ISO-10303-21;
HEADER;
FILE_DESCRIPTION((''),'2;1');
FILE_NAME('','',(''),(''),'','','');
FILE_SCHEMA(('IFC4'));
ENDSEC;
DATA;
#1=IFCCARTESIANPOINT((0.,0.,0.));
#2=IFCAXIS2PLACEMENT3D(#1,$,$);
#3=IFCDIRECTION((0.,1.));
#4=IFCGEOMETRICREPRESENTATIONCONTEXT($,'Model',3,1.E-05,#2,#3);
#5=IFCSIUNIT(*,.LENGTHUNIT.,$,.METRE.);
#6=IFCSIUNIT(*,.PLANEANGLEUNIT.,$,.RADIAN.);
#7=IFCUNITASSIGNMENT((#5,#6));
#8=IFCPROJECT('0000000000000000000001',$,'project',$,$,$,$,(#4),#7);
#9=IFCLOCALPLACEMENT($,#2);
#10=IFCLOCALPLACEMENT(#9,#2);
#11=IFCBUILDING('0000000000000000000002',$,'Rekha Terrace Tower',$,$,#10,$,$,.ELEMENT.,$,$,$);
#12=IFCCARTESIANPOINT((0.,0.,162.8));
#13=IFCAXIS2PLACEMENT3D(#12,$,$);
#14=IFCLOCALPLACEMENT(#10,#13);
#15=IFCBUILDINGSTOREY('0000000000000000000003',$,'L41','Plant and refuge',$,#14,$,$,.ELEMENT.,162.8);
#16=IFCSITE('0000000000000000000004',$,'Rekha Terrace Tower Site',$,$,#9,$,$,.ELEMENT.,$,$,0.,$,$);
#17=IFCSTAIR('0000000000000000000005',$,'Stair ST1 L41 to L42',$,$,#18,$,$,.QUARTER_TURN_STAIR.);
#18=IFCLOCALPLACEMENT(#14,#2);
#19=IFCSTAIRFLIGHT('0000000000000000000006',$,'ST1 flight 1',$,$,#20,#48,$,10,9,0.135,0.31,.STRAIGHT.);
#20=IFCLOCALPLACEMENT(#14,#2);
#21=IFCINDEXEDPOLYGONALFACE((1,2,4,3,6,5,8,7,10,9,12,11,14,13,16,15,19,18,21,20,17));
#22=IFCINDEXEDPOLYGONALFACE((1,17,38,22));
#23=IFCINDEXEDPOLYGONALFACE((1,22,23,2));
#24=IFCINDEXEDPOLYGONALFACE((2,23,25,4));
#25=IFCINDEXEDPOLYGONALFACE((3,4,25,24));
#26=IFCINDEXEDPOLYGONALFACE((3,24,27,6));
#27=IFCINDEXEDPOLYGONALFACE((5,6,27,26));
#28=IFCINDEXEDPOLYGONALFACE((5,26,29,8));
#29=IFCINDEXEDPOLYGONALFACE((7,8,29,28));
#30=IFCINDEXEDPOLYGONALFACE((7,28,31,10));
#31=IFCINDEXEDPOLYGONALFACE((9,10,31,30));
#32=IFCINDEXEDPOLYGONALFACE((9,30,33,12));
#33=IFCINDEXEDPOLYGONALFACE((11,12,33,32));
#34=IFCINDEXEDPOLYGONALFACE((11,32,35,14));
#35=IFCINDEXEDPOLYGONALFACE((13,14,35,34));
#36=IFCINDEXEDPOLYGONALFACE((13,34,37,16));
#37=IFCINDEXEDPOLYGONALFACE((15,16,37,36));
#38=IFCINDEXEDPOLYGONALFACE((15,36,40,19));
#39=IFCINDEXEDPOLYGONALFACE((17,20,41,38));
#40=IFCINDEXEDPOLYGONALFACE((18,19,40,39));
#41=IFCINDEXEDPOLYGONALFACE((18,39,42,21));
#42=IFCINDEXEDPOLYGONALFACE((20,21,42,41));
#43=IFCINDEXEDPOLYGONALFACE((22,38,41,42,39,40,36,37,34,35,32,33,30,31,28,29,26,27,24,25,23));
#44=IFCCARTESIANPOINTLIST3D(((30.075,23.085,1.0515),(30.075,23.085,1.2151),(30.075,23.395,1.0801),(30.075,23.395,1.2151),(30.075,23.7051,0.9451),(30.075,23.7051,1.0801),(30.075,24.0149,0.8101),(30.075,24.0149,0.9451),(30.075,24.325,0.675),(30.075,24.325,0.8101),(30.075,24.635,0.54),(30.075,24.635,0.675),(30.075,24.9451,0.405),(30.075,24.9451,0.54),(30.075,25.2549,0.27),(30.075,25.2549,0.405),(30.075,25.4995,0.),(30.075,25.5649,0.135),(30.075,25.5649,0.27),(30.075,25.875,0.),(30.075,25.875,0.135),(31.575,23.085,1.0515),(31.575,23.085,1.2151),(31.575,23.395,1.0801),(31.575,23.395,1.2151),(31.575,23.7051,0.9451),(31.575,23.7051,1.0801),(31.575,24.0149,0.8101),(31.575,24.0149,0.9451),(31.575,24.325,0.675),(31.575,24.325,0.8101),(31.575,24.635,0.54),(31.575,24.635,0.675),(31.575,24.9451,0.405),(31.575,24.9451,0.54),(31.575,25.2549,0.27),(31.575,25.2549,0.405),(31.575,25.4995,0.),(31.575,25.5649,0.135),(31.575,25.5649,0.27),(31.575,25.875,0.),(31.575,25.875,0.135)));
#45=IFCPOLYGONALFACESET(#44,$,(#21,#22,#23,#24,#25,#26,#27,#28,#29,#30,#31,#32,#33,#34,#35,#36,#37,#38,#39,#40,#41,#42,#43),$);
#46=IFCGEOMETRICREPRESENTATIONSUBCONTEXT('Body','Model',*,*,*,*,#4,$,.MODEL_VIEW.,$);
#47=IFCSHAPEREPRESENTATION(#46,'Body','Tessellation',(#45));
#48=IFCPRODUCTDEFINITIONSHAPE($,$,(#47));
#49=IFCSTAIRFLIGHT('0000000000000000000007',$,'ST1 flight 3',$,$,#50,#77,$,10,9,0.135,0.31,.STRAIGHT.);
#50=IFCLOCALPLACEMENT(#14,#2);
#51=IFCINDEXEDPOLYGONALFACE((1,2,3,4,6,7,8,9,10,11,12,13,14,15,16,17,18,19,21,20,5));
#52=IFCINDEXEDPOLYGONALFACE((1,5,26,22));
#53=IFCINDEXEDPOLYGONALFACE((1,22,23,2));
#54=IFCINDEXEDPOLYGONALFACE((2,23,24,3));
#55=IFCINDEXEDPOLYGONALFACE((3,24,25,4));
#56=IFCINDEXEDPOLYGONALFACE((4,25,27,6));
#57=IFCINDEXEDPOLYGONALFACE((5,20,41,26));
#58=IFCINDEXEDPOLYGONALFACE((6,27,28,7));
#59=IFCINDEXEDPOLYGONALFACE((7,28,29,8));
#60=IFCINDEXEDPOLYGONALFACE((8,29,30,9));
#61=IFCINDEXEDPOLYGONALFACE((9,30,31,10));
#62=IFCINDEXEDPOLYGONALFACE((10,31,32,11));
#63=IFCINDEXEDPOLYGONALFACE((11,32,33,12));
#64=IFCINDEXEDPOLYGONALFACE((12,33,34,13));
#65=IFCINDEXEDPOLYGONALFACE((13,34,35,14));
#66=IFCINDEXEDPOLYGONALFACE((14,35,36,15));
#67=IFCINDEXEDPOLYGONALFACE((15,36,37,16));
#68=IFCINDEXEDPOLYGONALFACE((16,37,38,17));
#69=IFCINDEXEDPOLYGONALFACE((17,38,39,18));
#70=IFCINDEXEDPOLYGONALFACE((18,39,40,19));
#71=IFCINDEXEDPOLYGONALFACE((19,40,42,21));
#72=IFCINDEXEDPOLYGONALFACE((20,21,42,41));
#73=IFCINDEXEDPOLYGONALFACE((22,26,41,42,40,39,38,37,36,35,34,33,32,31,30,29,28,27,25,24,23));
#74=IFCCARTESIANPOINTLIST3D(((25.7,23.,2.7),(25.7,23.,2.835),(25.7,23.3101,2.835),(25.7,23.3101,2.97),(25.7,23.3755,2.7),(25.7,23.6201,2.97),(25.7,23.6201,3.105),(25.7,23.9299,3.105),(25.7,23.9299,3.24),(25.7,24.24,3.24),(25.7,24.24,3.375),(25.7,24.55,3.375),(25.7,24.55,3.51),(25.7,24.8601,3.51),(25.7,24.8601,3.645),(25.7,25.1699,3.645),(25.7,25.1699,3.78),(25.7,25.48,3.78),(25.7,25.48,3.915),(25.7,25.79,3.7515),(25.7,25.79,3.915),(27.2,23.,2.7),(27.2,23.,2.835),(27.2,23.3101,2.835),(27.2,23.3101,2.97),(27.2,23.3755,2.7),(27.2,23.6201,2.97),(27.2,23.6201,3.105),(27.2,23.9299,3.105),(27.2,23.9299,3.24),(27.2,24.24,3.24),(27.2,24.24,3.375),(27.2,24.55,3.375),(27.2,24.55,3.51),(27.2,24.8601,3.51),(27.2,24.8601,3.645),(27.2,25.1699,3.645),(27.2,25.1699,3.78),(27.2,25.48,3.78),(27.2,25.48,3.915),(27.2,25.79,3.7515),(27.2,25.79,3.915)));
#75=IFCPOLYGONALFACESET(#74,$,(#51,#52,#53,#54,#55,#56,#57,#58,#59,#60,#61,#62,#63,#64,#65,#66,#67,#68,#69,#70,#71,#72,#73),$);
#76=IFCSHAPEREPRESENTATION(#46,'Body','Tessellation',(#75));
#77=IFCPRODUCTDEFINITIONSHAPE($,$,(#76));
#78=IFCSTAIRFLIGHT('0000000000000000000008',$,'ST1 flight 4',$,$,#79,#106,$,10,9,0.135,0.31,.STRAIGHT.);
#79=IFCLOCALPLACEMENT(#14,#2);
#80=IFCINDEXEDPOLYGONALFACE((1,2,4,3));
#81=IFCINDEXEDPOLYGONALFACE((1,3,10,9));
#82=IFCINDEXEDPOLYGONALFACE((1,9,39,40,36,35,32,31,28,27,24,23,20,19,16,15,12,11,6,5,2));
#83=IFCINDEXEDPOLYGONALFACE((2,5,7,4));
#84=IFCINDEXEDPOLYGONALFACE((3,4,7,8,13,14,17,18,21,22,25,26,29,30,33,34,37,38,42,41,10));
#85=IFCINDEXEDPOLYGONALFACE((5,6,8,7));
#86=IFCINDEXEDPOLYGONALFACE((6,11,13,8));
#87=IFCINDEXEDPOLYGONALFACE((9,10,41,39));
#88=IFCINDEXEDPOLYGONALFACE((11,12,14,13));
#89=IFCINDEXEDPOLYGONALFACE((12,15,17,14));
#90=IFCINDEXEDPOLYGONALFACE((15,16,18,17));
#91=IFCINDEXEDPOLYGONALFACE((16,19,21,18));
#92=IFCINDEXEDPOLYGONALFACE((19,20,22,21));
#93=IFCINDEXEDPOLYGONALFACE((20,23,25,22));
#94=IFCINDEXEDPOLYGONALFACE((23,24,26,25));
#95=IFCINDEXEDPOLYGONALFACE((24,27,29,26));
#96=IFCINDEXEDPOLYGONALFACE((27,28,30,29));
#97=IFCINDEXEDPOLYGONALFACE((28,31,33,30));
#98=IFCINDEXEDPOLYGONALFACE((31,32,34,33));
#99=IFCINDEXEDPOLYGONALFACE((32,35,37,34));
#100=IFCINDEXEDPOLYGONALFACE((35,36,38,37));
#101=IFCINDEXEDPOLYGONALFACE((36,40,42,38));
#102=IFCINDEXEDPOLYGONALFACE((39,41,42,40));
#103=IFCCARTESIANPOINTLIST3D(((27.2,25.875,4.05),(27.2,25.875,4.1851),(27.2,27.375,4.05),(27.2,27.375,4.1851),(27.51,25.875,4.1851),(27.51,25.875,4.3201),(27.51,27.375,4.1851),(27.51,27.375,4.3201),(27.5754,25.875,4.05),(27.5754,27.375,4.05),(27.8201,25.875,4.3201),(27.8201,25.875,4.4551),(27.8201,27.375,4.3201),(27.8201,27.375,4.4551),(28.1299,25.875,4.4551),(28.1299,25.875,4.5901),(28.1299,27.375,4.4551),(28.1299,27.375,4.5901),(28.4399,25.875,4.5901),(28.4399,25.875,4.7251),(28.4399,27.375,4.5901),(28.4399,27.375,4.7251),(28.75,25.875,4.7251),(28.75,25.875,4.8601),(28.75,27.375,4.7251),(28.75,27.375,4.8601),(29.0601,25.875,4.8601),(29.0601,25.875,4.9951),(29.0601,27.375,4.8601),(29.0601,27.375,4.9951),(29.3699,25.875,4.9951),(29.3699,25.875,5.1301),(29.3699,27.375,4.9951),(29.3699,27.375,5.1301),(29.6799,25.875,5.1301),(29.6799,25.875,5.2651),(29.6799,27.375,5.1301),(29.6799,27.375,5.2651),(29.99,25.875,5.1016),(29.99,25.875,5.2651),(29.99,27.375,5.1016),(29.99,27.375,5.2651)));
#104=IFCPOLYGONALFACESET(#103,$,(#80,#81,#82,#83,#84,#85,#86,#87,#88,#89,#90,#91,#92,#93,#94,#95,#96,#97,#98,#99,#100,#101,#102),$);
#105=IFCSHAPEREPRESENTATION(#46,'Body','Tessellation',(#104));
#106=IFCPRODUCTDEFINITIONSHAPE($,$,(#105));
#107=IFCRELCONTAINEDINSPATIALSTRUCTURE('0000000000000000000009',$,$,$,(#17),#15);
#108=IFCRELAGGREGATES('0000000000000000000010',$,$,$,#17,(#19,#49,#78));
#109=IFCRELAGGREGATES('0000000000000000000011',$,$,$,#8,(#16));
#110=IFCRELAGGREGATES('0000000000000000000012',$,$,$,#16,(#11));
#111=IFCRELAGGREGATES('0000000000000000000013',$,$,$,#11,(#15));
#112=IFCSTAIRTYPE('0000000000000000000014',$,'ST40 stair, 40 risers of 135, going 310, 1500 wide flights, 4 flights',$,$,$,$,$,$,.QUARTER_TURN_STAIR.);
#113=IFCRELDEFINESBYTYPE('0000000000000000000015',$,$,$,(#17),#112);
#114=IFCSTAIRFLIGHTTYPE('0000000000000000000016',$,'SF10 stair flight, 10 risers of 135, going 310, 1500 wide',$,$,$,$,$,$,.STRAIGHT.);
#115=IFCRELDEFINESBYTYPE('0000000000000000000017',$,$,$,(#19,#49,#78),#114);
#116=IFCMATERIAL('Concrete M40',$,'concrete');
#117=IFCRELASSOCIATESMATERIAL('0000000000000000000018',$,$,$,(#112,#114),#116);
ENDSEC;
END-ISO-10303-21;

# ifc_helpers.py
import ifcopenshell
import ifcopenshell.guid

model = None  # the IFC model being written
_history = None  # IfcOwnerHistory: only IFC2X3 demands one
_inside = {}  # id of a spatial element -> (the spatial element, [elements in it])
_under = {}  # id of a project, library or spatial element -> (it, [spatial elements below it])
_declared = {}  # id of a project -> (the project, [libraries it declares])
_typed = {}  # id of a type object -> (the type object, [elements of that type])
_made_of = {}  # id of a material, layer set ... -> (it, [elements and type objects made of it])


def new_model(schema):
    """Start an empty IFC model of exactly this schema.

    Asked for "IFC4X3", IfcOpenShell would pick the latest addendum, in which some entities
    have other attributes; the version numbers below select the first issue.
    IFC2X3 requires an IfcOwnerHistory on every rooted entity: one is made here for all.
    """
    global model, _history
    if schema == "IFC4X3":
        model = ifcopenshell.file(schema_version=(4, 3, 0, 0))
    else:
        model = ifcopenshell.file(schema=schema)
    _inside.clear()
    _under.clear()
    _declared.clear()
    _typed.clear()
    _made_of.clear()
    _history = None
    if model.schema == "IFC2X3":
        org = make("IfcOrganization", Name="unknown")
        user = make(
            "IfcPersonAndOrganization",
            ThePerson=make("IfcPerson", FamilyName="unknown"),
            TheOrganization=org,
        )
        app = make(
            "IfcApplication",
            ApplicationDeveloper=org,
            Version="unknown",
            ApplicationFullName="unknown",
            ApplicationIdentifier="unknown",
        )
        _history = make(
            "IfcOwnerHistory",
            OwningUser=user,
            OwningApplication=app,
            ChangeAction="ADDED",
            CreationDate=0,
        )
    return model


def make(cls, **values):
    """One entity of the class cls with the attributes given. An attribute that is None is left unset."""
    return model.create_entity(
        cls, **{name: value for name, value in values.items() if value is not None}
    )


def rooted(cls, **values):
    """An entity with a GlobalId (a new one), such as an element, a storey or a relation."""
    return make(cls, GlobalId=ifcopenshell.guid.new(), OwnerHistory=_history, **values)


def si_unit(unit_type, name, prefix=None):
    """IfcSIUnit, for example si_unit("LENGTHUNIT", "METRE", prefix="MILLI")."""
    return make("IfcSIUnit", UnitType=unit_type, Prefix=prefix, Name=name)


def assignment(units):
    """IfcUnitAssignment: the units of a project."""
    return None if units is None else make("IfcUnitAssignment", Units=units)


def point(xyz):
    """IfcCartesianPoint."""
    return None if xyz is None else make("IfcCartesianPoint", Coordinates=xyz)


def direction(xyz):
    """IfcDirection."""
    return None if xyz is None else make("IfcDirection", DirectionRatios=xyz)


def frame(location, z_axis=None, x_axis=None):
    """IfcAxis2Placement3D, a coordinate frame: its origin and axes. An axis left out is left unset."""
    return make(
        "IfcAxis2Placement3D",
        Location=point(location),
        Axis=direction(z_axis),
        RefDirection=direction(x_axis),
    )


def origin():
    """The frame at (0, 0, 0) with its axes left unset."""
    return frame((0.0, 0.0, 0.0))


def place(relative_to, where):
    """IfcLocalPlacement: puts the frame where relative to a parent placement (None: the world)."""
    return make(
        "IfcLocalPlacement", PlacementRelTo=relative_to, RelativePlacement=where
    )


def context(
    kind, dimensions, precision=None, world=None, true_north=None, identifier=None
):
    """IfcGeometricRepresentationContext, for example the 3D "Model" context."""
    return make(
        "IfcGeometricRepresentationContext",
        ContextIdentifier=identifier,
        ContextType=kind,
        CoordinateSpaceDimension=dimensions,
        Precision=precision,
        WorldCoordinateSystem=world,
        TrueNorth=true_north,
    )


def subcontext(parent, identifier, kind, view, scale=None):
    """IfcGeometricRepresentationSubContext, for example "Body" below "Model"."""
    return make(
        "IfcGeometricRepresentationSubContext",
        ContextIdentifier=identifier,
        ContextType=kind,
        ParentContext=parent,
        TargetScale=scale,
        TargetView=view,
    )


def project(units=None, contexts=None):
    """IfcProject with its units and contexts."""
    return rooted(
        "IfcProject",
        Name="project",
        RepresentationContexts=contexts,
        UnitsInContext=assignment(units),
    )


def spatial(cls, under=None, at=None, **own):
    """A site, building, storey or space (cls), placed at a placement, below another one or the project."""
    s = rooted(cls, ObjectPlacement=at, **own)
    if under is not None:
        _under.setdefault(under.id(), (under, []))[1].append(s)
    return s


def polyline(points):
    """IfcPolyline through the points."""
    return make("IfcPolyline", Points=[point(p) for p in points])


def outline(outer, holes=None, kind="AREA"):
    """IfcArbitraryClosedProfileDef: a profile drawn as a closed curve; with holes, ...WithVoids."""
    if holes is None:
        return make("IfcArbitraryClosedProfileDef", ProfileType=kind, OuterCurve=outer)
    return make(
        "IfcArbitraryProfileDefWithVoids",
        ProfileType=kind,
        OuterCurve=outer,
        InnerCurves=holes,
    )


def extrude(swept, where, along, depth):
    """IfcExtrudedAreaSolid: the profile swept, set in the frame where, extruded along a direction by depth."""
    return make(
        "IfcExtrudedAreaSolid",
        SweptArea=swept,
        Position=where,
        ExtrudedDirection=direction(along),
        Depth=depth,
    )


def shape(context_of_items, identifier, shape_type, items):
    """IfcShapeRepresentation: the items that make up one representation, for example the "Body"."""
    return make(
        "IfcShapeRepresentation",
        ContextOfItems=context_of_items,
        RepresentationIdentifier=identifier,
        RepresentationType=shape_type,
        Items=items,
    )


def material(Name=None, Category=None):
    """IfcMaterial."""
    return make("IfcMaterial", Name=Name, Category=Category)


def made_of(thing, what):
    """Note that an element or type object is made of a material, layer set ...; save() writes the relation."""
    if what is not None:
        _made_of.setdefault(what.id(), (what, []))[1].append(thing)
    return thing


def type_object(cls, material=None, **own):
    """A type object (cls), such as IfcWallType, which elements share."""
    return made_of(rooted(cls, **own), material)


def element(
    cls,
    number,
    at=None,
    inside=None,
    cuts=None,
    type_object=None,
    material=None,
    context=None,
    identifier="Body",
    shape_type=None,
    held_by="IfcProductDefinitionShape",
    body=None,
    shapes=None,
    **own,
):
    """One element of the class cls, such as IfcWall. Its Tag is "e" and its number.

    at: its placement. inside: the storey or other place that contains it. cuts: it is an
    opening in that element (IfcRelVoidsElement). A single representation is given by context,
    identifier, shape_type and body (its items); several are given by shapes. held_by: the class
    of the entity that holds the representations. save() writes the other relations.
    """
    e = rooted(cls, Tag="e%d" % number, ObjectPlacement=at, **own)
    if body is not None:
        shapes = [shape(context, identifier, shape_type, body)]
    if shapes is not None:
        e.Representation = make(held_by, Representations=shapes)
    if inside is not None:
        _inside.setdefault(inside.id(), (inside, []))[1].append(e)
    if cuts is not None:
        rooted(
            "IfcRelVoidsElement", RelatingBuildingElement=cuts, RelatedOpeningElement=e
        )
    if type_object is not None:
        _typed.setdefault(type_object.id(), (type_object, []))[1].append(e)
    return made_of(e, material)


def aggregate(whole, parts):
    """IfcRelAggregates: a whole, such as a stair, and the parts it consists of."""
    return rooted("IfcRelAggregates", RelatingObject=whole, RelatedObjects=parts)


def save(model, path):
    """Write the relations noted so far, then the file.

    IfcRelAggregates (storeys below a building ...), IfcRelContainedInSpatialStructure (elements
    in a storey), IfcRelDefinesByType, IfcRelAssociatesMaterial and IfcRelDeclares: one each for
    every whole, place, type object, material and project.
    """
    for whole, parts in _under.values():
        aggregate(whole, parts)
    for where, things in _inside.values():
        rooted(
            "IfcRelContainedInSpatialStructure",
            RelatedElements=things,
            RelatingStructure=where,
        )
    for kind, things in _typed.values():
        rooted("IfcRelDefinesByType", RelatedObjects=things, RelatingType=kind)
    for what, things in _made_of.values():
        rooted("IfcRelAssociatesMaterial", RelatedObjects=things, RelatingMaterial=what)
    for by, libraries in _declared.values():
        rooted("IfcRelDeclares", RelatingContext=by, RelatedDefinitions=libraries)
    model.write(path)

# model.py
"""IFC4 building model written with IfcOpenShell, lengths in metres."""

from ifc_helpers import new_model, si_unit, direction, frame, origin, place, context, subcontext, project, spatial, polyline, outline, extrude, material, type_object, element, aggregate, save


model = new_model("IFC4")

# Units and contexts
model_context = context("Model", 3, precision=1e-05, world=origin(), true_north=direction((0.0, 1.0)))
body_context = subcontext(model_context, "Body", "Model", "MODEL_VIEW")
ifc_project = project(units=[si_unit("LENGTHUNIT", "METRE"), si_unit("PLANEANGLEUNIT", "RADIAN")], contexts=[model_context])

# Site, building, storey
site_placement = place(None, origin())
site = spatial("IfcSite", under=ifc_project, at=site_placement, Name="Rekha Terrace Tower Site", CompositionType="ELEMENT", RefElevation=0.0)
building_placement = place(site_placement, origin())
building = spatial("IfcBuilding", under=site, at=building_placement, Name="Rekha Terrace Tower", CompositionType="ELEMENT")
storey_placement = place(building_placement, frame((0.0, 0.0, 162.8)))
storey = spatial("IfcBuildingStorey", under=building, at=storey_placement, Name="L41", Description="Plant and refuge", CompositionType="ELEMENT", Elevation=162.8)

# Stair, stair flights
ifc_material_1 = material(Name="Concrete M40", Category="concrete")
stair_type = type_object("IfcStairType", Name="ST40 stair, 40 risers of 135, going 310, 1500 wide flights, 4 flights", PredefinedType="QUARTER_TURN_STAIR", material=ifc_material_1)
stair_placement = place(storey_placement, origin())
stair = element("IfcStair", 1, at=stair_placement, inside=storey, type_object=stair_type, Name="Stair ST1 L41 to L42", PredefinedType="QUARTER_TURN_STAIR")
stair_flight_type = type_object("IfcStairFlightType", Name="SF10 stair flight, 10 risers of 135, going 310, 1500 wide", PredefinedType="STRAIGHT", material=ifc_material_1)
stair_flight_1_placement = place(storey_placement, frame((30.825, 25.875, 0.0), z_axis=(0.0, 0.0, 1.0), x_axis=(0.0, -1.0, 0.0)))
stair_flight_1 = element("IfcStairFlight", 2, at=stair_flight_1_placement, type_object=stair_flight_type, Name="ST1 flight 1", NumberOfRisers=10, NumberOfTreads=9, PredefinedType="STRAIGHT", RiserHeight=0.135, TreadLength=0.31, context=body_context, shape_type="SweptSolid", body=[
    extrude(outline(polyline([(0.0, 0.0), (0.0, 0.135), (0.3101, 0.135), (0.3101, 0.27), (0.6201, 0.27), (0.6201, 0.405), (0.9299, 0.405), (0.9299, 0.54), (1.24, 0.54), (1.24, 0.675), (1.55, 0.675), (1.55, 0.8101), (1.8601, 0.8101), (1.8601, 0.9451), (2.1699, 0.9451), (2.1699, 1.0801), (2.48, 1.0801), (2.48, 1.2151), (2.79, 1.2151), (2.79, 1.3501), (2.79, 1.0515), (0.3755, 0.0), (0.0, 0.0)])), frame((0.0, 0.75, 0.0), z_axis=(0.0, -1.0, 0.0), x_axis=(1.0, 0.0, 0.0)), (0.0, 0.0, 1.0), 1.5),
])
stair_flight_2_placement = place(storey_placement, frame((26.45, 23.0, 2.7), z_axis=(0.0, 0.0, 1.0), x_axis=(0.0, 1.0, 0.0)))
stair_flight_2 = element("IfcStairFlight", 3, at=stair_flight_2_placement, type_object=stair_flight_type, Name="ST1 flight 3", NumberOfRisers=10, NumberOfTreads=9, PredefinedType="STRAIGHT", RiserHeight=0.135, TreadLength=0.31, context=body_context, shape_type="SweptSolid", body=[
    extrude(outline(polyline([(0.0, 0.0), (0.0, 0.135), (0.3101, 0.135), (0.3101, 0.27), (0.6201, 0.27), (0.6201, 0.405), (0.9299, 0.405), (0.9299, 0.54), (1.24, 0.54), (1.24, 0.675), (1.55, 0.675), (1.55, 0.8101), (1.8601, 0.8101), (1.8601, 0.9451), (2.1699, 0.9451), (2.1699, 1.0801), (2.48, 1.0801), (2.48, 1.2151), (2.79, 1.2151), (2.79, 1.3501), (2.79, 1.0515), (0.3755, 0.0), (0.0, 0.0)])), frame((0.0, 0.75, 0.0), z_axis=(0.0, -1.0, 0.0), x_axis=(1.0, 0.0, 0.0)), (0.0, 0.0, 1.0), 1.5),
])
stair_flight_3_placement = place(storey_placement, frame((27.2, 26.625, 4.05), z_axis=(0.0, 0.0, 1.0), x_axis=(1.0, 0.0, 0.0)))
stair_flight_3 = element("IfcStairFlight", 4, at=stair_flight_3_placement, type_object=stair_flight_type, Name="ST1 flight 4", NumberOfRisers=10, NumberOfTreads=9, PredefinedType="STRAIGHT", RiserHeight=0.135, TreadLength=0.31, context=body_context, shape_type="SweptSolid", body=[
    extrude(outline(polyline([(0.0, 0.0), (0.0, 0.135), (0.3101, 0.135), (0.3101, 0.27), (0.6201, 0.27), (0.6201, 0.405), (0.9299, 0.405), (0.9299, 0.54), (1.24, 0.54), (1.24, 0.675), (1.55, 0.675), (1.55, 0.8101), (1.8601, 0.8101), (1.8601, 0.9451), (2.1699, 0.9451), (2.1699, 1.0801), (2.48, 1.0801), (2.48, 1.2151), (2.79, 1.2151), (2.79, 1.3501), (2.79, 1.0515), (0.3755, 0.0), (0.0, 0.0)])), frame((0.0, 0.75, 0.0), z_axis=(0.0, -1.0, 0.0), x_axis=(1.0, 0.0, 0.0)), (0.0, 0.0, 1.0), 1.5),
])
aggregate(stair, [stair_flight_1, stair_flight_2, stair_flight_3])

save(model, "model.ifc")
